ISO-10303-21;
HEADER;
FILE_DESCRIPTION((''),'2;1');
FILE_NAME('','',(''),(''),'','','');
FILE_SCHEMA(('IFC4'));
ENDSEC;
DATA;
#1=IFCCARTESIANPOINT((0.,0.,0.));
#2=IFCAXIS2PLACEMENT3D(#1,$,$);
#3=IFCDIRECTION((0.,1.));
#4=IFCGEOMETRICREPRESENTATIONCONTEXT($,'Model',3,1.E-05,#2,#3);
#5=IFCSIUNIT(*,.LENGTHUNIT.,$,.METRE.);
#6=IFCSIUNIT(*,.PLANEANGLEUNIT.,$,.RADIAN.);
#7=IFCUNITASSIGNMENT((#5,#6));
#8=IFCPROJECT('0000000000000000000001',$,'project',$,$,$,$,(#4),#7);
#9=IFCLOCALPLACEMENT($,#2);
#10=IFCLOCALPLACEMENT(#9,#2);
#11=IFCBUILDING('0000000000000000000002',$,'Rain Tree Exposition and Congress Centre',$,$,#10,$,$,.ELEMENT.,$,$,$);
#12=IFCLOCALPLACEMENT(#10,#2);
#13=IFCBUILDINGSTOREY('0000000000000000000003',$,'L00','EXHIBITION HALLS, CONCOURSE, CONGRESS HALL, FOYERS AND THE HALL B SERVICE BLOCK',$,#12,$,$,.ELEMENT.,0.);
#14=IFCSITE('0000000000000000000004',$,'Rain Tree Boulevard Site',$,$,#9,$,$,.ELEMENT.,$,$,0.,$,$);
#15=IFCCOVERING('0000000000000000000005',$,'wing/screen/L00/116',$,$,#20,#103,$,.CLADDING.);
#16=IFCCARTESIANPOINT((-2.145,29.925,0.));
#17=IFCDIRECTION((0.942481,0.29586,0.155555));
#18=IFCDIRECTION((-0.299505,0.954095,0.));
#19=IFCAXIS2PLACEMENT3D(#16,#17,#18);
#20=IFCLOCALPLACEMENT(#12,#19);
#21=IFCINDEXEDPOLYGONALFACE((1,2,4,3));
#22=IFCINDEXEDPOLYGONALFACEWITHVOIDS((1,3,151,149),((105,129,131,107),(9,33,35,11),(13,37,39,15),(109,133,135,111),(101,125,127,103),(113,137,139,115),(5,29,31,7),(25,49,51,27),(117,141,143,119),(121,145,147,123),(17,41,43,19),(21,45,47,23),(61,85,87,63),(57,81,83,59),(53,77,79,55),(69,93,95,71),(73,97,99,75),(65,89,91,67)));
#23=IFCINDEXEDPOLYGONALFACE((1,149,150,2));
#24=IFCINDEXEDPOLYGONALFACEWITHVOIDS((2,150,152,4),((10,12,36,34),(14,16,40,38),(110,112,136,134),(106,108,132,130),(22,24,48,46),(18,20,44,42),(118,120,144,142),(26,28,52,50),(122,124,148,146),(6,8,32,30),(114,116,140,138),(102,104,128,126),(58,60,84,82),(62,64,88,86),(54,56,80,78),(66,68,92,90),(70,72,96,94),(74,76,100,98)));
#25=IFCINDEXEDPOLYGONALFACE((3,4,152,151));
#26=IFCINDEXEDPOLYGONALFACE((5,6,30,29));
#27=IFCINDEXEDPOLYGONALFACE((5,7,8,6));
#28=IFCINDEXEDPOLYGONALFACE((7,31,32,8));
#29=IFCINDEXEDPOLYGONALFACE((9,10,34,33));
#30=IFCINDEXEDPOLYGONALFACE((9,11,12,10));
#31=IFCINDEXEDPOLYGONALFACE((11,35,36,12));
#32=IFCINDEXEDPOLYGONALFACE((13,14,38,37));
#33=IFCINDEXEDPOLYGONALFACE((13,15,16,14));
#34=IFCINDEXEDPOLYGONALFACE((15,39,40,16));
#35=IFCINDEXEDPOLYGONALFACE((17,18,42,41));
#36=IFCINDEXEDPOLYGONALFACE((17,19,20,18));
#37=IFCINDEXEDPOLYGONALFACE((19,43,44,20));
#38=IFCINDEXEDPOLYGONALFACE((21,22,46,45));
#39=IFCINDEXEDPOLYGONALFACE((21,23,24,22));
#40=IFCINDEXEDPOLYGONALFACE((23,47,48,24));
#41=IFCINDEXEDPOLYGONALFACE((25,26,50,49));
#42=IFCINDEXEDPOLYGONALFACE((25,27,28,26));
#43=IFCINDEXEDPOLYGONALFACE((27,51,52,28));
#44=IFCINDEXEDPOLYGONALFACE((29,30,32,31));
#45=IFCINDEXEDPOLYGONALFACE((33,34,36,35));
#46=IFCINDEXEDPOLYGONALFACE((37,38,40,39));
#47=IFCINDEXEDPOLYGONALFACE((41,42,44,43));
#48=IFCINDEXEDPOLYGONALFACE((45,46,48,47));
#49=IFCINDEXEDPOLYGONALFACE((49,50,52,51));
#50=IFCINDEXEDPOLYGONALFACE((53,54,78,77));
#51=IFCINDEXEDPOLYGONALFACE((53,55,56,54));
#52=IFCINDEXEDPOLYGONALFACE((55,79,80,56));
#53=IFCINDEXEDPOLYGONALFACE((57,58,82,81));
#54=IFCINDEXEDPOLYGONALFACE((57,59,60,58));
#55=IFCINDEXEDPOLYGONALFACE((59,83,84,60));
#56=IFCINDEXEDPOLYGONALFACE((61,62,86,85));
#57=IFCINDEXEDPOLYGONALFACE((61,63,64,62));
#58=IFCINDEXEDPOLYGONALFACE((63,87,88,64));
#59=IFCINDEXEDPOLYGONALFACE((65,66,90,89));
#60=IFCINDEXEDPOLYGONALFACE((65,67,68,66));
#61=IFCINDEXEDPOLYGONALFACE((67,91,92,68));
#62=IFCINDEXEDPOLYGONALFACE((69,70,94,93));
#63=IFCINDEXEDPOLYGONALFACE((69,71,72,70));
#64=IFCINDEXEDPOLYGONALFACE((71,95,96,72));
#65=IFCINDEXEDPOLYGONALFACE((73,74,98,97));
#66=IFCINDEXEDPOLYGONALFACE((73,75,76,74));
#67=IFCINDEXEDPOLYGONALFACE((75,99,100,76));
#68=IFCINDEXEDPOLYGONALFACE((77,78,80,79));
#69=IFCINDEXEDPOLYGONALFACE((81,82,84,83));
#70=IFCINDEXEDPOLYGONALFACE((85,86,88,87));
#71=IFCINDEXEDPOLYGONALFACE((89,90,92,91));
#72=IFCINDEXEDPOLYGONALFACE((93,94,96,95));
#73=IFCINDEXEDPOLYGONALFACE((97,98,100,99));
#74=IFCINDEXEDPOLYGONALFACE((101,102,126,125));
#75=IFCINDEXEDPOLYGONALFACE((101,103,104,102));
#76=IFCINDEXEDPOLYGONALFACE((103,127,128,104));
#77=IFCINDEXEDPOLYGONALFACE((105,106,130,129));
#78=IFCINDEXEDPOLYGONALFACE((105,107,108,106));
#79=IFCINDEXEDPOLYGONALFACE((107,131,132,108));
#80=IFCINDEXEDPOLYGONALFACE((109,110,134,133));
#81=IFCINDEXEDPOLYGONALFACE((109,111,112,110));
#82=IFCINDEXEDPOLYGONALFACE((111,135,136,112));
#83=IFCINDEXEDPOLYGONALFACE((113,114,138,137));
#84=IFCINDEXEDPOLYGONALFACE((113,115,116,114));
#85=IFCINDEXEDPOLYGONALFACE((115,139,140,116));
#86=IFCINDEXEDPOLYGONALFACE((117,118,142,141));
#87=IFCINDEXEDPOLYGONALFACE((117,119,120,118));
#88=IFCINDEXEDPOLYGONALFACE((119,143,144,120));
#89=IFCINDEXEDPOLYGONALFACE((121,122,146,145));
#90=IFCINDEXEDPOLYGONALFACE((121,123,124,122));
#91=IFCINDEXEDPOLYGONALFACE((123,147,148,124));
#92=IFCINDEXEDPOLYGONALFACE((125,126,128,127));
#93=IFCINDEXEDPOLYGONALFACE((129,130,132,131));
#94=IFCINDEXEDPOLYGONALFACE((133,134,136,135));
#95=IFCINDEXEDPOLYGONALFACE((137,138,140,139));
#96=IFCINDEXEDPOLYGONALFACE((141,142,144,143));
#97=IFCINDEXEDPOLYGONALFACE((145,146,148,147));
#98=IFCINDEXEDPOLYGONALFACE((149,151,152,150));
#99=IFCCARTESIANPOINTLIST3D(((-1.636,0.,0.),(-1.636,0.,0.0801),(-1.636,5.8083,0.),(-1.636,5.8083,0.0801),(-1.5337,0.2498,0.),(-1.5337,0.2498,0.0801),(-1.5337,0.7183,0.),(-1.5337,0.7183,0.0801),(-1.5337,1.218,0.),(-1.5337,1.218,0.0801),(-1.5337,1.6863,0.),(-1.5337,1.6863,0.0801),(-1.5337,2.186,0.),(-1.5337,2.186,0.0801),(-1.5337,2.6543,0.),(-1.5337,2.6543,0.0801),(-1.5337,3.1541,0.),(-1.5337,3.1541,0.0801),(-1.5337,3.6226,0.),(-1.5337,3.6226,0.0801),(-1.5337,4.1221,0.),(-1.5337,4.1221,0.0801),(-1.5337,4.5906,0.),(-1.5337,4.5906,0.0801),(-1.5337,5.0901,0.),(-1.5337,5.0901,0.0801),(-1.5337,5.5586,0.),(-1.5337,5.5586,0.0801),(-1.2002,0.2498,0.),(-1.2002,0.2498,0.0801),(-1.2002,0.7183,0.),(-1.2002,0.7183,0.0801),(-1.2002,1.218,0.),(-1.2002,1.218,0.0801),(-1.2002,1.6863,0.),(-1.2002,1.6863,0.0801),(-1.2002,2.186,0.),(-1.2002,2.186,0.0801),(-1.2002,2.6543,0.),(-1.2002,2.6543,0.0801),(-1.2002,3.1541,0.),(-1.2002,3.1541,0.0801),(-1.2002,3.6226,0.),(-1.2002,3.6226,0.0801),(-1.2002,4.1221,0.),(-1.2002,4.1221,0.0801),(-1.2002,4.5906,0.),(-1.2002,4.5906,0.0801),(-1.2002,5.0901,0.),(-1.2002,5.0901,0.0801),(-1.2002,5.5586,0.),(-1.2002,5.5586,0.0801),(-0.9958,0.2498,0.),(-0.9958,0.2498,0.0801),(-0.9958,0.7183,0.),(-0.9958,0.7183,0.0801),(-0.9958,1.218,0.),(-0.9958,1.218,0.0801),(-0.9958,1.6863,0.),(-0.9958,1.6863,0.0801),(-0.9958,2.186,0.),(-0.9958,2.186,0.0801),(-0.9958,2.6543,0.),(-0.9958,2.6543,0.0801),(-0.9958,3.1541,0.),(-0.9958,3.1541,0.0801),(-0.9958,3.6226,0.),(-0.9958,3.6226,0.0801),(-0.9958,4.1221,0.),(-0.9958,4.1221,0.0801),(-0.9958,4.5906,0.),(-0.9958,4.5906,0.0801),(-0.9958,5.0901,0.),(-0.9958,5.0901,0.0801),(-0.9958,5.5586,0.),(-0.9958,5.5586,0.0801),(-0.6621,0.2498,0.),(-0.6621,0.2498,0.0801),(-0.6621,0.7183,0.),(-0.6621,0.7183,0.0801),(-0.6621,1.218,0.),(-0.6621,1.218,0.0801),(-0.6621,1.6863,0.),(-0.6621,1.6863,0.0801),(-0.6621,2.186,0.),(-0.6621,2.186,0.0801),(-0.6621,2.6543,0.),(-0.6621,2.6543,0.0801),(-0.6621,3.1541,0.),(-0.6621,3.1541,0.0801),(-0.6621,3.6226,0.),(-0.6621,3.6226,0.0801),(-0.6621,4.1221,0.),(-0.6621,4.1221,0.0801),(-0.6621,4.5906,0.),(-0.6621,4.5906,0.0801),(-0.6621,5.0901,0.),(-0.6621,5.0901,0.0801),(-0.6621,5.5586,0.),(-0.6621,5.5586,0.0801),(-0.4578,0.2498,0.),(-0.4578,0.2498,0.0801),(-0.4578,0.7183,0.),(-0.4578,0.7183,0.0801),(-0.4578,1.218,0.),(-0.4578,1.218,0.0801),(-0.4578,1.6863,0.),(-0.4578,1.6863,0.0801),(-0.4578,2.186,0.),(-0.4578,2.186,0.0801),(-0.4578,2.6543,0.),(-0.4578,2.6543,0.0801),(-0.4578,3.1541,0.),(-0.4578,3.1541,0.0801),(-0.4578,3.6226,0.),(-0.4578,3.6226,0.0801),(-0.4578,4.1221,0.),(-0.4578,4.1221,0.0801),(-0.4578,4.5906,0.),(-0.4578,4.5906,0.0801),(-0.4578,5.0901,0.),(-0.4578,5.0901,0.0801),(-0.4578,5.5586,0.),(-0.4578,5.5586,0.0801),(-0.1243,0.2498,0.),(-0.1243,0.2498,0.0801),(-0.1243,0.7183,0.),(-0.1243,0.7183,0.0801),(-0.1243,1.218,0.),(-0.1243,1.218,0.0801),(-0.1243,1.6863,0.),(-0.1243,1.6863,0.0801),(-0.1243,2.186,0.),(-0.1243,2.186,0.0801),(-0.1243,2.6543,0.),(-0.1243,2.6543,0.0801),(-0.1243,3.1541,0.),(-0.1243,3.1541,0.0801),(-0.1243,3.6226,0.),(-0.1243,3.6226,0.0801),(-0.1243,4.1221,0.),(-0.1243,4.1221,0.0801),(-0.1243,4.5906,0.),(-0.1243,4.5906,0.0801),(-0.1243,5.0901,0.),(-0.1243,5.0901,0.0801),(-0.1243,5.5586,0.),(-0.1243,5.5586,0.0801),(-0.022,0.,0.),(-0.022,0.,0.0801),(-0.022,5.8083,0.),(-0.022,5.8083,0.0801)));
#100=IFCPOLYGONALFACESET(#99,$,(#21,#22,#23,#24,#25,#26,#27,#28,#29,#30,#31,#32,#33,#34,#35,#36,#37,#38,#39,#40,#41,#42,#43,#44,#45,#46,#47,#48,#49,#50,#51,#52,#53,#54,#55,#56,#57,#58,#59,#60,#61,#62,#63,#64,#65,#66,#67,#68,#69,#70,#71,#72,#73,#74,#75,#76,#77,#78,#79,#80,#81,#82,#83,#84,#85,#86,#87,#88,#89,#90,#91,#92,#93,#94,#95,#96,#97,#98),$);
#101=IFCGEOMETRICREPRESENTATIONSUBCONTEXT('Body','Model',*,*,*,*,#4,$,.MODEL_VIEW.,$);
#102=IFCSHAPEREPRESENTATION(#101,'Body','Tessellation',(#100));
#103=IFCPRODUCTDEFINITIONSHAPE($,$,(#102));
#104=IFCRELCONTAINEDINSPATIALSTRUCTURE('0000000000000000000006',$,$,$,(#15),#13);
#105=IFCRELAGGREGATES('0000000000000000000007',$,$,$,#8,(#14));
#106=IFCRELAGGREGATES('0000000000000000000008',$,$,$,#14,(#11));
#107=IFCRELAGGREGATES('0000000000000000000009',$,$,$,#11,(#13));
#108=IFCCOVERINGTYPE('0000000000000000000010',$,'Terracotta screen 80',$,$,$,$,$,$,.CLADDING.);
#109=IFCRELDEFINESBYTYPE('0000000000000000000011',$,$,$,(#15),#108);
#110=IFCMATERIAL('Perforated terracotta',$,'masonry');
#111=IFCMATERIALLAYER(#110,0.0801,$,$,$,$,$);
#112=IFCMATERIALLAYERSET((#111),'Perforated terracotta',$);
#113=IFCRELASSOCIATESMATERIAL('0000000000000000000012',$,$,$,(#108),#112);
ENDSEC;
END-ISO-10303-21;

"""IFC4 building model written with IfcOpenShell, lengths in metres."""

from ifc_helpers import new_model, si_unit, direction, frame, origin, place, context, subcontext, project, spatial, polyline, outline, extrude, material, layer, layer_set, type_object, element, save


model = new_model("IFC4")

# Units and contexts
model_context = context("Model", 3, precision=1e-05, world=origin(), true_north=direction((0.0, 1.0)))
body_context = subcontext(model_context, "Body", "Model", "MODEL_VIEW")
ifc_project = project(units=[si_unit("LENGTHUNIT", "METRE"), si_unit("PLANEANGLEUNIT", "RADIAN")], contexts=[model_context])

# Site, building, storey
site_placement = place(None, origin())
site = spatial("IfcSite", under=ifc_project, at=site_placement, Name="Rain Tree Boulevard Site", CompositionType="ELEMENT", RefElevation=0.0)
building_placement = place(site_placement, origin())
building = spatial("IfcBuilding", under=site, at=building_placement, Name="Rain Tree Exposition and Congress Centre", CompositionType="ELEMENT")
storey_placement = place(building_placement, origin())
storey = spatial("IfcBuildingStorey", under=building, at=storey_placement, Name="L00", Description="EXHIBITION HALLS, CONCOURSE, CONGRESS HALL, FOYERS AND THE HALL B SERVICE BLOCK", CompositionType="ELEMENT", Elevation=0.0)

# Covering
ifc_material_1 = material(Name="Perforated terracotta", Category="masonry")
ifc_layer_1 = layer(ifc_material_1, 0.0801)
ifc_layer_set_1 = layer_set([ifc_layer_1], Name="Perforated terracotta")
covering_type = type_object("IfcCoveringType", Name="Terracotta screen 80", PredefinedType="CLADDING", material=ifc_layer_set_1)
covering_1_placement = place(storey_placement, frame((-2.145, 29.925, 0.0), z_axis=(0.942481, 0.29586, 0.155555), x_axis=(-0.299505, 0.954095, 0.0)))
element("IfcCovering", 1, at=covering_1_placement, inside=storey, type_object=covering_type, Name="wing/screen/L00/116", PredefinedType="CLADDING", context=body_context, shape_type="SweptSolid", body=[
    extrude(outline(polyline([(-1.636, 0.0), (-1.636, 5.8083), (-0.022, 5.8083), (-0.022, 0.0), (-1.636, 0.0)]), holes=[polyline([(-0.1243, 0.2498), (-0.1243, 0.7183), (-0.4578, 0.7183), (-0.4578, 0.2498), (-0.1243, 0.2498)]), polyline([(-0.1243, 1.218), (-0.1243, 1.6863), (-0.4578, 1.6863), (-0.4578, 1.218), (-0.1243, 1.218)]), polyline([(-0.1243, 2.186), (-0.1243, 2.6543), (-0.4578, 2.6543), (-0.4578, 2.186), (-0.1243, 2.186)]), polyline([(-0.1243, 3.1541), (-0.1243, 3.6226), (-0.4578, 3.6226), (-0.4578, 3.1541), (-0.1243, 3.1541)]), polyline([(-0.1243, 4.1221), (-0.1243, 4.5906), (-0.4578, 4.5906), (-0.4578, 4.1221), (-0.1243, 4.1221)]), polyline([(-0.1243, 5.0901), (-0.1243, 5.5586), (-0.4578, 5.5586), (-0.4578, 5.0901), (-0.1243, 5.0901)]), polyline([(-0.6621, 0.2498), (-0.6621, 0.7183), (-0.9958, 0.7183), (-0.9958, 0.2498), (-0.6621, 0.2498)]), polyline([(-0.6621, 1.218), (-0.6621, 1.6863), (-0.9958, 1.6863), (-0.9958, 1.218), (-0.6621, 1.218)]), polyline([(-0.6621, 2.186), (-0.6621, 2.6543), (-0.9958, 2.6543), (-0.9958, 2.186), (-0.6621, 2.186)]), polyline([(-0.6621, 3.1541), (-0.6621, 3.6226), (-0.9958, 3.6226), (-0.9958, 3.1541), (-0.6621, 3.1541)]), polyline([(-0.6621, 4.1221), (-0.6621, 4.5906), (-0.9958, 4.5906), (-0.9958, 4.1221), (-0.6621, 4.1221)]), polyline([(-0.6621, 5.0901), (-0.6621, 5.5586), (-0.9958, 5.5586), (-0.9958, 5.0901), (-0.6621, 5.0901)]), polyline([(-1.2002, 0.2498), (-1.2002, 0.7183), (-1.5337, 0.7183), (-1.5337, 0.2498), (-1.2002, 0.2498)]), polyline([(-1.2002, 1.218), (-1.2002, 1.6863), (-1.5337, 1.6863), (-1.5337, 1.218), (-1.2002, 1.218)]), polyline([(-1.2002, 2.186), (-1.2002, 2.6543), (-1.5337, 2.6543), (-1.5337, 2.186), (-1.2002, 2.186)]), polyline([(-1.2002, 3.1541), (-1.2002, 3.6226), (-1.5337, 3.6226), (-1.5337, 3.1541), (-1.2002, 3.1541)]), polyline([(-1.2002, 4.1221), (-1.2002, 4.5906), (-1.5337, 4.5906), (-1.5337, 4.1221), (-1.2002, 4.1221)]), polyline([(-1.2002, 5.0901), (-1.2002, 5.5586), (-1.5337, 5.5586), (-1.5337, 5.0901), (-1.2002, 5.0901)])]), origin(), (0.0, 0.0, 1.0), 0.0801),
])

save(model, "model.ifc")
